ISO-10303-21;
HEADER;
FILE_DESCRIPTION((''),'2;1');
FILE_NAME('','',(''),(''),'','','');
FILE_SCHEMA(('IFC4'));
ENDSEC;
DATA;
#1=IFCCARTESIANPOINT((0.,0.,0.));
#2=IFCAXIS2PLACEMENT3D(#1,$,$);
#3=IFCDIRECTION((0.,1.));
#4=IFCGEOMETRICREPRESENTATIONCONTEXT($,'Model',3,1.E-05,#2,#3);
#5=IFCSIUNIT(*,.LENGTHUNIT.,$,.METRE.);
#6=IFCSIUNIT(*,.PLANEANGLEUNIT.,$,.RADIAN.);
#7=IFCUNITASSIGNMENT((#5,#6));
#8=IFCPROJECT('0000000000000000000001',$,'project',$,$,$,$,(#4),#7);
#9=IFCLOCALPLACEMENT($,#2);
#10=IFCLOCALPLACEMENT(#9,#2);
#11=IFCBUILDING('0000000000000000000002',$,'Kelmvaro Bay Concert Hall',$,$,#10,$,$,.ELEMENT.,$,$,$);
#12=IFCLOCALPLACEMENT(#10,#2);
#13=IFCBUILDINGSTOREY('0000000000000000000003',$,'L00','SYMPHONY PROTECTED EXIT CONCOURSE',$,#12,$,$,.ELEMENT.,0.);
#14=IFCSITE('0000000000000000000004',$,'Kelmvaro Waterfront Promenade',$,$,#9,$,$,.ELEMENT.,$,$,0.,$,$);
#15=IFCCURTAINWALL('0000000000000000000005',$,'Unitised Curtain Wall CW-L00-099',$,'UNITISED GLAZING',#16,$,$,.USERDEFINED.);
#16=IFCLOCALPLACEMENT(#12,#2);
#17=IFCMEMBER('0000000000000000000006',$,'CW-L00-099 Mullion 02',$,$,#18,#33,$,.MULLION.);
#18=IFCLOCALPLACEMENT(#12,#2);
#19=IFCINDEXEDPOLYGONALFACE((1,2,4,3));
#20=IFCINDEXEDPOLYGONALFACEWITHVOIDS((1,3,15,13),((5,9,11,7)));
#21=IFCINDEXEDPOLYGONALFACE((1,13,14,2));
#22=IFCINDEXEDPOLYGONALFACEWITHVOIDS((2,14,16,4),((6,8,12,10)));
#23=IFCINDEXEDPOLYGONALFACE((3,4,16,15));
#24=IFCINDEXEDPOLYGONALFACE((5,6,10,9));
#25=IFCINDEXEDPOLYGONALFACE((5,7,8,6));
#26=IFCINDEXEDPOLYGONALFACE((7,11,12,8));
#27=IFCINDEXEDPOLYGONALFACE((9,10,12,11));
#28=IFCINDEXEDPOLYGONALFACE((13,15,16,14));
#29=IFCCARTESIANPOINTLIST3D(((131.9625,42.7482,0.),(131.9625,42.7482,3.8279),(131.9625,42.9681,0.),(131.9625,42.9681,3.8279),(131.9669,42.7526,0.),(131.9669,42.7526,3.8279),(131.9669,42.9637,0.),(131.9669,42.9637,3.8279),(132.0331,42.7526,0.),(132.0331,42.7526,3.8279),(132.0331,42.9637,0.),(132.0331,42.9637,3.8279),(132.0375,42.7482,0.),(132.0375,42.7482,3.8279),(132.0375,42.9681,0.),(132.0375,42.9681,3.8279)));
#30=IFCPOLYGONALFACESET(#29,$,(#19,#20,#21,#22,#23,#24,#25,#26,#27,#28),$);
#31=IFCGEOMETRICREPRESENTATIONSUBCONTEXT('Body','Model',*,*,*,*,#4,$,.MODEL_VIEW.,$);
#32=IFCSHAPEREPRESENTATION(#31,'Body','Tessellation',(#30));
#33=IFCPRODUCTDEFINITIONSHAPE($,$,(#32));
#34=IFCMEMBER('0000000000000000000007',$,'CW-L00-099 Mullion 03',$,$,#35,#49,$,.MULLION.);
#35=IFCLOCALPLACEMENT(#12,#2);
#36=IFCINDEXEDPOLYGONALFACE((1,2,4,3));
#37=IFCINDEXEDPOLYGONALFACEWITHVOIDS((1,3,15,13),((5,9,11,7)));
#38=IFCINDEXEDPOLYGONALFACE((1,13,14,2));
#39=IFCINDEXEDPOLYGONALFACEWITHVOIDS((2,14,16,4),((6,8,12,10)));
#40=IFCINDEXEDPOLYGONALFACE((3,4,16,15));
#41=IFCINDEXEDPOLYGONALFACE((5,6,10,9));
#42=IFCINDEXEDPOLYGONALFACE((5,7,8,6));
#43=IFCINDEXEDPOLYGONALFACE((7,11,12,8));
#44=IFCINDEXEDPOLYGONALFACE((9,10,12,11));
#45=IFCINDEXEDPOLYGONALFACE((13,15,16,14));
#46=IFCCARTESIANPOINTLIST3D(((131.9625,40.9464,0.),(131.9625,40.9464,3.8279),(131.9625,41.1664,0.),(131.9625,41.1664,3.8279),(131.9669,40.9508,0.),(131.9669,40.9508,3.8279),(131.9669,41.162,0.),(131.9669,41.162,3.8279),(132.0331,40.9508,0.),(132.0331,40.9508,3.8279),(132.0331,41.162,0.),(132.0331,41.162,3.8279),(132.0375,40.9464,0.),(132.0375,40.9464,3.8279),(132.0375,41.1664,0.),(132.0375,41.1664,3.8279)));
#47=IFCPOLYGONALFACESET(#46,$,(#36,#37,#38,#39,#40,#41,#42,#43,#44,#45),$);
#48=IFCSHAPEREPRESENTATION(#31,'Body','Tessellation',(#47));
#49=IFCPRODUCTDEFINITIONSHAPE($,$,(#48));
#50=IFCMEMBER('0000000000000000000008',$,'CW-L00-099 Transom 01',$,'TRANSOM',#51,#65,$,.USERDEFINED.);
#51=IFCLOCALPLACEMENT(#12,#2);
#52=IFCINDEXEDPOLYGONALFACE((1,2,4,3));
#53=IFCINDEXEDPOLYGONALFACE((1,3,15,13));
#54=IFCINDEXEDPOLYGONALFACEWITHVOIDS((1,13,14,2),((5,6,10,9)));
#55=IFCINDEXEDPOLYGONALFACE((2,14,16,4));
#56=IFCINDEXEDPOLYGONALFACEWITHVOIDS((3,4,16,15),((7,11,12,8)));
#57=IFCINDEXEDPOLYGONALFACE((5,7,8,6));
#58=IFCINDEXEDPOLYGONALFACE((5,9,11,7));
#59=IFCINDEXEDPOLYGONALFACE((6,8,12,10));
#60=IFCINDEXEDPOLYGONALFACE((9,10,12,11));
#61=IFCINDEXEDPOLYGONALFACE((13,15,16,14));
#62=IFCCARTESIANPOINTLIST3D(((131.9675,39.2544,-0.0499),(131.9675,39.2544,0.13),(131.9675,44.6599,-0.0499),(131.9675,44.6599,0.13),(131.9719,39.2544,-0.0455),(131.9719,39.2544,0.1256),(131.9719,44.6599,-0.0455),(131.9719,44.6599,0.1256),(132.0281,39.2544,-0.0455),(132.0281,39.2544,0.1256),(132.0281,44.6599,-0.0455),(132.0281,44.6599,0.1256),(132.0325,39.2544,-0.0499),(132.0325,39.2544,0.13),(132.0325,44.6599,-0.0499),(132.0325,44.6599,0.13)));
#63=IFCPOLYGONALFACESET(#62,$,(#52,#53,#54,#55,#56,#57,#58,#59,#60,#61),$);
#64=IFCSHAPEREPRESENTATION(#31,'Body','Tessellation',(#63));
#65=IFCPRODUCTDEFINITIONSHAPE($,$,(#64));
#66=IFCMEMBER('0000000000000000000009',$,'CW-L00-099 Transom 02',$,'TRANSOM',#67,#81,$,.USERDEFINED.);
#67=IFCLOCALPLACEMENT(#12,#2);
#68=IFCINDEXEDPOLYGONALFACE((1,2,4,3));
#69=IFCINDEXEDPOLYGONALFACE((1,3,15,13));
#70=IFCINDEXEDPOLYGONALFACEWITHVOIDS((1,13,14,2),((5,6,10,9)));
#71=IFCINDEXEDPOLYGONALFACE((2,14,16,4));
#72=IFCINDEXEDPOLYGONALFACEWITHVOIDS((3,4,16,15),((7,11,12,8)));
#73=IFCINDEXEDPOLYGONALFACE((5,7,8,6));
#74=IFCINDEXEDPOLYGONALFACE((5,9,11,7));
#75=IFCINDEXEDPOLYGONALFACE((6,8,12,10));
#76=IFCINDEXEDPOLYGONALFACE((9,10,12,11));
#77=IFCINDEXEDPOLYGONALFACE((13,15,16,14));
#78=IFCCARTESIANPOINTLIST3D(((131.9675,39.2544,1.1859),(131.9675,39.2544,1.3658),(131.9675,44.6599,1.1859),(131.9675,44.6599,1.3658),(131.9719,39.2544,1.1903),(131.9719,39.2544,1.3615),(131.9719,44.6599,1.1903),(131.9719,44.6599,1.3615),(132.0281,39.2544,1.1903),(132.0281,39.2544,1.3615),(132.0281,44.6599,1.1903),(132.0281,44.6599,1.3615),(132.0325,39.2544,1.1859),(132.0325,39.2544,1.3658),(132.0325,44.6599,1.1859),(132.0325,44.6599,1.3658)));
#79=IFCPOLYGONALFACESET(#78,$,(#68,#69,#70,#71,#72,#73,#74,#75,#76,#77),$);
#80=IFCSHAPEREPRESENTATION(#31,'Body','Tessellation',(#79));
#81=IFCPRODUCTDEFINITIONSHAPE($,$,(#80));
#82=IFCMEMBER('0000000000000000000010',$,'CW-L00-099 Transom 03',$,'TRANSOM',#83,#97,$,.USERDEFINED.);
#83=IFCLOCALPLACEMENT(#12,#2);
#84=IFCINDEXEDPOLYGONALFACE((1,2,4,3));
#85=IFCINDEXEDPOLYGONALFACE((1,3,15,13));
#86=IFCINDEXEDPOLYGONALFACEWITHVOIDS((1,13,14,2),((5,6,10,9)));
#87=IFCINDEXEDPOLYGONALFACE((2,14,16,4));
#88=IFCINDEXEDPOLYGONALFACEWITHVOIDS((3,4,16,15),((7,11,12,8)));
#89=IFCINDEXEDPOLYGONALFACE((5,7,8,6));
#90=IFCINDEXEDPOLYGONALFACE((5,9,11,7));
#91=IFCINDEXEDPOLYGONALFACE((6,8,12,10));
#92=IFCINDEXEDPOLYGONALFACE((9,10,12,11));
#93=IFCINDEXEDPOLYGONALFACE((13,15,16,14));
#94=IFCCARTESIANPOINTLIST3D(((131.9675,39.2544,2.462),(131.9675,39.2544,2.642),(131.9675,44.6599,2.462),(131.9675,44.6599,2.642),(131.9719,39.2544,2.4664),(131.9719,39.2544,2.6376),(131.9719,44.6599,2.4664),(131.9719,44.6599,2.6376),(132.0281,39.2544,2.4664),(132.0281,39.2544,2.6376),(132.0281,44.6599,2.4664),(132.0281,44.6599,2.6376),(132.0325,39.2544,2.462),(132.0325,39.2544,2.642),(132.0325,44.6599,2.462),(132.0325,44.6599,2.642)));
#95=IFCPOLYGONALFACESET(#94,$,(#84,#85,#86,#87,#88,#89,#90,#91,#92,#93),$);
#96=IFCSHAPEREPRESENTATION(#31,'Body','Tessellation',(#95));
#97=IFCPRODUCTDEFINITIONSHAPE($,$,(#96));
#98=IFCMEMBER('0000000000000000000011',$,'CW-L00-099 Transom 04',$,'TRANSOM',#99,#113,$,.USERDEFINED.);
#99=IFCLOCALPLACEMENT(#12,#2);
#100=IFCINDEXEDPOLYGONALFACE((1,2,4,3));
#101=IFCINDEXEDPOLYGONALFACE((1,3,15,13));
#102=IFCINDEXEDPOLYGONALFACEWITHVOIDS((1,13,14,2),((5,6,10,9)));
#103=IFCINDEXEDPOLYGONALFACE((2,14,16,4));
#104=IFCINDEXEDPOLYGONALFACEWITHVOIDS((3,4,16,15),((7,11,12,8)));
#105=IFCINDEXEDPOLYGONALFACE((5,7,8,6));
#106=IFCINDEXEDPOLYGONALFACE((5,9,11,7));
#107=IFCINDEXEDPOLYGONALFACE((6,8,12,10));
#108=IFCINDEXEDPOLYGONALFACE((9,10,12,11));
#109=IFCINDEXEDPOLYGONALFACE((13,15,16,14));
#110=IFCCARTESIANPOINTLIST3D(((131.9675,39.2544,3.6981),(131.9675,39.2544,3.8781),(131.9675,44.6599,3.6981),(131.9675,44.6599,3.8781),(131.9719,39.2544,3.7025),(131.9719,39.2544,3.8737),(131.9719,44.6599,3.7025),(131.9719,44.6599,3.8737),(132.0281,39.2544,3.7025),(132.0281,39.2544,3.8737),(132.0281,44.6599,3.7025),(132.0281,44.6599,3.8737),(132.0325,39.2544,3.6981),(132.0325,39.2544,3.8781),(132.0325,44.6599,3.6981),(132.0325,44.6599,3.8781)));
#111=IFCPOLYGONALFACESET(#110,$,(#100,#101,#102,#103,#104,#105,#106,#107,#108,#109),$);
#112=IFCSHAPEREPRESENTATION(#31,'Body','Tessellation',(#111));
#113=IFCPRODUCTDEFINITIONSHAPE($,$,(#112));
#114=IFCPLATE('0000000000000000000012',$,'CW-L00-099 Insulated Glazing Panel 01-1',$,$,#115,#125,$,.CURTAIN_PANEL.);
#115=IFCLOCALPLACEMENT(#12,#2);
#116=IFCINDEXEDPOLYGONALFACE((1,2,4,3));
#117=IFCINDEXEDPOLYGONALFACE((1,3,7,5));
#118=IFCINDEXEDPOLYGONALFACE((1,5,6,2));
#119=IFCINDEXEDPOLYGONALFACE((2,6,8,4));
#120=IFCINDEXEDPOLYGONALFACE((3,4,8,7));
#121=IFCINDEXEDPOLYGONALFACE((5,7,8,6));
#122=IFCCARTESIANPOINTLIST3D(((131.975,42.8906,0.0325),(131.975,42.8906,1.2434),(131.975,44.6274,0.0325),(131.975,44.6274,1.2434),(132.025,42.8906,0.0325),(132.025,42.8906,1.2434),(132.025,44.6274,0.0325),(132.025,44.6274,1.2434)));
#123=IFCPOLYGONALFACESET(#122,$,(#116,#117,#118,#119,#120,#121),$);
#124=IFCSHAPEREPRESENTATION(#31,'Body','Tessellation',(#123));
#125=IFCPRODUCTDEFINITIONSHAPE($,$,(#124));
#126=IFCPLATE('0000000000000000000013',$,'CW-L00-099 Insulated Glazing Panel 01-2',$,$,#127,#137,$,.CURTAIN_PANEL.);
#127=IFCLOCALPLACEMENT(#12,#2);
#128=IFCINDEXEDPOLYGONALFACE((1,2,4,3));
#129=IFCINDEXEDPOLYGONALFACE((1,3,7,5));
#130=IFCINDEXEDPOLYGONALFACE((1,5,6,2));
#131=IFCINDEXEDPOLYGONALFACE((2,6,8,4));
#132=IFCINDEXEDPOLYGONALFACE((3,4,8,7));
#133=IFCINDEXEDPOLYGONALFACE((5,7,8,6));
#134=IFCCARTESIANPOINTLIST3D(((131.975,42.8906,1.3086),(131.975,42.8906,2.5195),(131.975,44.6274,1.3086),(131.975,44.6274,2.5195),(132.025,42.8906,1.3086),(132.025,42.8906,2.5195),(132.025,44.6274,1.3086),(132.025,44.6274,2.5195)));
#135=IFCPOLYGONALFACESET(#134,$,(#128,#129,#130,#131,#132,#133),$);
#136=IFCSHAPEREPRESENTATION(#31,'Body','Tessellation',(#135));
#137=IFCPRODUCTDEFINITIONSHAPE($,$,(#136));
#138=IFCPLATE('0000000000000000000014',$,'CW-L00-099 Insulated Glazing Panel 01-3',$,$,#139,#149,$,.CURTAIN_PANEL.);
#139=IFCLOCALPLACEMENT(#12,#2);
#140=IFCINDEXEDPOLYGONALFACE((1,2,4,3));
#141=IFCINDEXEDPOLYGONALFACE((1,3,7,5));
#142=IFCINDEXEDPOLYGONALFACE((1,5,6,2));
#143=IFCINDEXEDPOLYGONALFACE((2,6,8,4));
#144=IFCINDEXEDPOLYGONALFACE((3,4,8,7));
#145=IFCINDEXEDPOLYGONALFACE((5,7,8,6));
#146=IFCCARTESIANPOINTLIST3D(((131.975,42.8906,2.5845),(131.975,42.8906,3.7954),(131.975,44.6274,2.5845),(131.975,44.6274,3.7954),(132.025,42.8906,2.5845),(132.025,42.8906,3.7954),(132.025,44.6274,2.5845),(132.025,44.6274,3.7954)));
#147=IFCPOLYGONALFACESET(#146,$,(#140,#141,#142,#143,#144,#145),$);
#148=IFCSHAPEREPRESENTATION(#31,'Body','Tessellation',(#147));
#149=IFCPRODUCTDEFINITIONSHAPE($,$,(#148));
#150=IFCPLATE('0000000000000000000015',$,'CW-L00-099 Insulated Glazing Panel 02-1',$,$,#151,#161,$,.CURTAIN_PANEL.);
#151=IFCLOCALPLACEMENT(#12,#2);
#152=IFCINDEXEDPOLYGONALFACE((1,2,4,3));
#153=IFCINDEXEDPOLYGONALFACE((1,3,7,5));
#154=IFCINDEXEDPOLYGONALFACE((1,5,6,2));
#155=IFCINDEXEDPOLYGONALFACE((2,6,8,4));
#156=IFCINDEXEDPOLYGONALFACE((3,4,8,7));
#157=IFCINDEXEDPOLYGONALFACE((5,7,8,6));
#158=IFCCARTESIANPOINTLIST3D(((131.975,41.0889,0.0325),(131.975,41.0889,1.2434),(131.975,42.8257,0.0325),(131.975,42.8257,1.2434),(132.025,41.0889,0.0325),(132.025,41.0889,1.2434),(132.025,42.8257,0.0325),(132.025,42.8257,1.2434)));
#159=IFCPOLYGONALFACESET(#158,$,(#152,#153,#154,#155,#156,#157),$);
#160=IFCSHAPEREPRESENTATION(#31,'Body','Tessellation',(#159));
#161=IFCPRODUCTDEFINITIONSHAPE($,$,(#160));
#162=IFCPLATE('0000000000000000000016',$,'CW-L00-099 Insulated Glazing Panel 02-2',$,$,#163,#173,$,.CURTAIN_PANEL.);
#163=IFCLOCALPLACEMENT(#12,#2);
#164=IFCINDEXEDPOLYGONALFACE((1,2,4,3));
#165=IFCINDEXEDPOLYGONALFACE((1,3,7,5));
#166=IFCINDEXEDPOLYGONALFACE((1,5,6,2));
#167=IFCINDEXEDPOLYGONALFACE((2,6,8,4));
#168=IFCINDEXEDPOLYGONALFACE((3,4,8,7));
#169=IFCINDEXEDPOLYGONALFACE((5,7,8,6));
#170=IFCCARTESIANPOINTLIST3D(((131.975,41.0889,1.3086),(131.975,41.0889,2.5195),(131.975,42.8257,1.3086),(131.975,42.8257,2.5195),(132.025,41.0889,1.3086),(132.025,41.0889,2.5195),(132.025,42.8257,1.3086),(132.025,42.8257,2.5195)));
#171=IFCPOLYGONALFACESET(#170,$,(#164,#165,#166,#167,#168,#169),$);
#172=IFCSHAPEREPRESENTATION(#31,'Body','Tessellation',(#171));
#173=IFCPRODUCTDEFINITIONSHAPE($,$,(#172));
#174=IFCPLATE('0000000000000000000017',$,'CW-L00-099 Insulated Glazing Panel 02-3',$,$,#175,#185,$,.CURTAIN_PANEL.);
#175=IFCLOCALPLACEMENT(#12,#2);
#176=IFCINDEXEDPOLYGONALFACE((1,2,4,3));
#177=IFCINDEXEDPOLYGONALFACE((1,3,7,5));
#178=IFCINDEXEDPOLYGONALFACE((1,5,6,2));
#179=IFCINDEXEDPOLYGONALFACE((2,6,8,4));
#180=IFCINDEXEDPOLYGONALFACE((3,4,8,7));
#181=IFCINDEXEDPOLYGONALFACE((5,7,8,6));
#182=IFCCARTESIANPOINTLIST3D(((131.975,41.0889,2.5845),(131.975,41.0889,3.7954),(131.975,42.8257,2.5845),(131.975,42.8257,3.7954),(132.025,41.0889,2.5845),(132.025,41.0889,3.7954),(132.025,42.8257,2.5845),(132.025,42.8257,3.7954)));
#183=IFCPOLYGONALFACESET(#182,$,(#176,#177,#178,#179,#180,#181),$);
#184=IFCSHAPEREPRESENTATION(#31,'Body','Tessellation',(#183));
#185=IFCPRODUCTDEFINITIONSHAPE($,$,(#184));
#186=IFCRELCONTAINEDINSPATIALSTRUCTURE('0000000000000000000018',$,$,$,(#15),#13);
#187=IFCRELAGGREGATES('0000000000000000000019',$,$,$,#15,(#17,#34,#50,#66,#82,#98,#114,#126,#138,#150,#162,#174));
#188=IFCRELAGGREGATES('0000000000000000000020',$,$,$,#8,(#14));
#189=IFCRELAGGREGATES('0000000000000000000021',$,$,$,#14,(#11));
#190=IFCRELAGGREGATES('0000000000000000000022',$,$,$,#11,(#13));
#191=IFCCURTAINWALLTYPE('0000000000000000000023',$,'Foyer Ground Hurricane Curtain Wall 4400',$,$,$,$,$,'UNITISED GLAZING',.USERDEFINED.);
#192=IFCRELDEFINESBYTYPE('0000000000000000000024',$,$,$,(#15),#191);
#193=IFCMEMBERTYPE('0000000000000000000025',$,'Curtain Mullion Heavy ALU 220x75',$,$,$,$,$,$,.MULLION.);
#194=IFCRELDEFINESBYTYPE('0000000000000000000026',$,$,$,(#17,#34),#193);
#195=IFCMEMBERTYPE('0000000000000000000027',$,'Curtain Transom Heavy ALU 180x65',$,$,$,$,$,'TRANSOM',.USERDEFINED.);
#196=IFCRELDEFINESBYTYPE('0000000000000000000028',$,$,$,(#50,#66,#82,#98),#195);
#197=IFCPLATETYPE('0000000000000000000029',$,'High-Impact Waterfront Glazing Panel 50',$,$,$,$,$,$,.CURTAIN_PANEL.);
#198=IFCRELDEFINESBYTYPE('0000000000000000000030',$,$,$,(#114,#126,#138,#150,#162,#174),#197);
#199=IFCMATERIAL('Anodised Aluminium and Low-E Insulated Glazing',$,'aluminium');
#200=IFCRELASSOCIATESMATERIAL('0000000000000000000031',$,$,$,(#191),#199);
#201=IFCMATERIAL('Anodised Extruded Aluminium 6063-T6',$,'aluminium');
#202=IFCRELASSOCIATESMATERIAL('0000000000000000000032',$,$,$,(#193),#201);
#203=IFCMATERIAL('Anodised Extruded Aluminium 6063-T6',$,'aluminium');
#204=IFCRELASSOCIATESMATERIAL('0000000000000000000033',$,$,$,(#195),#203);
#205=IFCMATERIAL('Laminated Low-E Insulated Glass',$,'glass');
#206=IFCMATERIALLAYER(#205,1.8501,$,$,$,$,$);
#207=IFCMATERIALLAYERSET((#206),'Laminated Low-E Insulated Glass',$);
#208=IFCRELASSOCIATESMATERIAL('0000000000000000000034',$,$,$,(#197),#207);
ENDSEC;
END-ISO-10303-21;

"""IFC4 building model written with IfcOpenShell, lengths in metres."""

from ifc_helpers import new_model, si_unit, direction, frame, origin, origin_2d, place, context, subcontext, project, spatial, rectangle, hollow_rectangle, extrude, material, layer, layer_set, material_profile, profile_set, type_object, element, aggregate, save


model = new_model("IFC4")

# Units and contexts
model_context = context("Model", 3, precision=1e-05, world=origin(), true_north=direction((0.0, 1.0)))
body_context = subcontext(model_context, "Body", "Model", "MODEL_VIEW")
ifc_project = project(units=[si_unit("LENGTHUNIT", "METRE"), si_unit("PLANEANGLEUNIT", "RADIAN")], contexts=[model_context])

# Site, building, storey
site_placement = place(None, origin())
site = spatial("IfcSite", under=ifc_project, at=site_placement, Name="Kelmvaro Waterfront Promenade", CompositionType="ELEMENT", RefElevation=0.0)
building_placement = place(site_placement, origin())
building = spatial("IfcBuilding", under=site, at=building_placement, Name="Kelmvaro Bay Concert Hall", CompositionType="ELEMENT")
storey_placement = place(building_placement, origin())
storey = spatial("IfcBuildingStorey", under=building, at=storey_placement, Name="L00", Description="SYMPHONY PROTECTED EXIT CONCOURSE", CompositionType="ELEMENT", Elevation=0.0)

# Curtain wall, members, plates
ifc_material_1 = material(Name="Anodised Aluminium and Low-E Insulated Glazing", Category="aluminium")
curtain_wall_type = type_object("IfcCurtainWallType", Name="Foyer Ground Hurricane Curtain Wall 4400", ElementType="UNITISED GLAZING", PredefinedType="USERDEFINED", material=ifc_material_1)
curtain_wall_placement = place(storey_placement, origin())
curtain_wall = element("IfcCurtainWall", 1, at=curtain_wall_placement, inside=storey, type_object=curtain_wall_type, Name="Unitised Curtain Wall CW-L00-099", ObjectType="UNITISED GLAZING", PredefinedType="USERDEFINED")
ifc_material_2 = material(Name="Anodised Extruded Aluminium 6063-T6", Category="aluminium")
ifc_material_profile_1 = material_profile(ifc_material_2, hollow_rectangle(XDim=0.075, YDim=0.22, WallThickness=0.0044, at=origin_2d()), Name="ALU-MUL-220X75")
ifc_profile_set_1 = profile_set([ifc_material_profile_1], Name="Anodised Extruded Aluminium 6063-T6")
member_type_1 = type_object("IfcMemberType", Name="Curtain Mullion Heavy ALU 220x75", PredefinedType="MULLION", material=ifc_profile_set_1)
member_1_placement = place(storey_placement, frame((132.0, 42.8582, 0.0), z_axis=(0.0, 0.0, 1.0), x_axis=(1.0, 0.0, 0.0)))
member_1 = element("IfcMember", 2, at=member_1_placement, type_object=member_type_1, Name="CW-L00-099 Mullion 02", PredefinedType="MULLION", context=body_context, shape_type="SweptSolid", body=[
    extrude(hollow_rectangle(XDim=0.075, YDim=0.22, WallThickness=0.0044, at=origin_2d()), origin(), (0.0, 0.0, 1.0), 3.8279),
])
member_2_placement = place(storey_placement, frame((132.0, 41.0564, 0.0), z_axis=(0.0, 0.0, 1.0), x_axis=(1.0, 0.0, 0.0)))
member_2 = element("IfcMember", 3, at=member_2_placement, type_object=member_type_1, Name="CW-L00-099 Mullion 03", PredefinedType="MULLION", context=body_context, shape_type="SweptSolid", body=[
    extrude(hollow_rectangle(XDim=0.075, YDim=0.22, WallThickness=0.0044, at=origin_2d()), origin(), (0.0, 0.0, 1.0), 3.8279),
])
ifc_material_3 = material(Name="Anodised Extruded Aluminium 6063-T6", Category="aluminium")
ifc_material_profile_2 = material_profile(ifc_material_3, hollow_rectangle(XDim=0.0649, YDim=0.1799, WallThickness=0.0044, at=origin_2d()), Name="ALU-TRN-180X65")
ifc_profile_set_2 = profile_set([ifc_material_profile_2], Name="Anodised Extruded Aluminium 6063-T6")
member_type_2 = type_object("IfcMemberType", Name="Curtain Transom Heavy ALU 180x65", ElementType="TRANSOM", PredefinedType="USERDEFINED", material=ifc_profile_set_2)
member_3_placement = place(storey_placement, frame((132.0, 44.6599, 0.04), z_axis=(0.0, -1.0, 0.0), x_axis=(1.0, 0.0, 0.0)))
member_3 = element("IfcMember", 4, at=member_3_placement, type_object=member_type_2, Name="CW-L00-099 Transom 01", ObjectType="TRANSOM", PredefinedType="USERDEFINED", context=body_context, shape_type="SweptSolid", body=[
    extrude(hollow_rectangle(XDim=0.0649, YDim=0.1799, WallThickness=0.0044, at=origin_2d()), origin(), (0.0, 0.0, 1.0), 5.4055),
])
member_4_placement = place(storey_placement, frame((132.0, 44.6599, 1.2759), z_axis=(0.0, -1.0, 0.0), x_axis=(1.0, 0.0, 0.0)))
member_4 = element("IfcMember", 5, at=member_4_placement, type_object=member_type_2, Name="CW-L00-099 Transom 02", ObjectType="TRANSOM", PredefinedType="USERDEFINED", context=body_context, shape_type="SweptSolid", body=[
    extrude(hollow_rectangle(XDim=0.0649, YDim=0.1799, WallThickness=0.0044, at=origin_2d()), origin(), (0.0, 0.0, 1.0), 5.4055),
])
member_5_placement = place(storey_placement, frame((132.0, 44.6599, 2.552), z_axis=(0.0, -1.0, 0.0), x_axis=(1.0, 0.0, 0.0)))
member_5 = element("IfcMember", 6, at=member_5_placement, type_object=member_type_2, Name="CW-L00-099 Transom 03", ObjectType="TRANSOM", PredefinedType="USERDEFINED", context=body_context, shape_type="SweptSolid", body=[
    extrude(hollow_rectangle(XDim=0.0649, YDim=0.1799, WallThickness=0.0044, at=origin_2d()), origin(), (0.0, 0.0, 1.0), 5.4055),
])
member_6_placement = place(storey_placement, frame((132.0, 44.6599, 3.7881), z_axis=(0.0, -1.0, 0.0), x_axis=(1.0, 0.0, 0.0)))
member_6 = element("IfcMember", 7, at=member_6_placement, type_object=member_type_2, Name="CW-L00-099 Transom 04", ObjectType="TRANSOM", PredefinedType="USERDEFINED", context=body_context, shape_type="SweptSolid", body=[
    extrude(hollow_rectangle(XDim=0.0649, YDim=0.1799, WallThickness=0.0044, at=origin_2d()), origin(), (0.0, 0.0, 1.0), 5.4055),
])
ifc_material_4 = material(Name="Laminated Low-E Insulated Glass", Category="glass")
ifc_layer_1 = layer(ifc_material_4, 1.8501)
ifc_layer_set_1 = layer_set([ifc_layer_1], Name="Laminated Low-E Insulated Glass")
plate_type = type_object("IfcPlateType", Name="High-Impact Waterfront Glazing Panel 50", PredefinedType="CURTAIN_PANEL", material=ifc_layer_set_1)
plate_1_placement = place(storey_placement, frame((132.0, 43.759, 0.0325), z_axis=(0.0, 0.0, 1.0), x_axis=(0.0, -1.0, 0.0)))
plate_1 = element("IfcPlate", 8, at=plate_1_placement, type_object=plate_type, Name="CW-L00-099 Insulated Glazing Panel 01-1", PredefinedType="CURTAIN_PANEL", context=body_context, shape_type="SweptSolid", body=[
    extrude(rectangle(XDim=1.7368, YDim=0.05, at=origin_2d()), origin(), (0.0, 0.0, 1.0), 1.2109),
])
plate_2_placement = place(storey_placement, frame((132.0, 43.759, 1.3086), z_axis=(0.0, 0.0, 1.0), x_axis=(0.0, -1.0, 0.0)))
plate_2 = element("IfcPlate", 9, at=plate_2_placement, type_object=plate_type, Name="CW-L00-099 Insulated Glazing Panel 01-2", PredefinedType="CURTAIN_PANEL", context=body_context, shape_type="SweptSolid", body=[
    extrude(rectangle(XDim=1.7368, YDim=0.05, at=origin_2d()), origin(), (0.0, 0.0, 1.0), 1.2109),
])
plate_3_placement = place(storey_placement, frame((132.0, 43.759, 2.5845), z_axis=(0.0, 0.0, 1.0), x_axis=(0.0, -1.0, 0.0)))
plate_3 = element("IfcPlate", 10, at=plate_3_placement, type_object=plate_type, Name="CW-L00-099 Insulated Glazing Panel 01-3", PredefinedType="CURTAIN_PANEL", context=body_context, shape_type="SweptSolid", body=[
    extrude(rectangle(XDim=1.7368, YDim=0.05, at=origin_2d()), origin(), (0.0, 0.0, 1.0), 1.2109),
])
plate_4_placement = place(storey_placement, frame((132.0, 41.9573, 0.0325), z_axis=(0.0, 0.0, 1.0), x_axis=(0.0, -1.0, 0.0)))
plate_4 = element("IfcPlate", 11, at=plate_4_placement, type_object=plate_type, Name="CW-L00-099 Insulated Glazing Panel 02-1", PredefinedType="CURTAIN_PANEL", context=body_context, shape_type="SweptSolid", body=[
    extrude(rectangle(XDim=1.7368, YDim=0.05, at=origin_2d()), origin(), (0.0, 0.0, 1.0), 1.2109),
])
plate_5_placement = place(storey_placement, frame((132.0, 41.9573, 1.3086), z_axis=(0.0, 0.0, 1.0), x_axis=(0.0, -1.0, 0.0)))
plate_5 = element("IfcPlate", 12, at=plate_5_placement, type_object=plate_type, Name="CW-L00-099 Insulated Glazing Panel 02-2", PredefinedType="CURTAIN_PANEL", context=body_context, shape_type="SweptSolid", body=[
    extrude(rectangle(XDim=1.7368, YDim=0.05, at=origin_2d()), origin(), (0.0, 0.0, 1.0), 1.2109),
])
plate_6_placement = place(storey_placement, frame((132.0, 41.9573, 2.5845), z_axis=(0.0, 0.0, 1.0), x_axis=(0.0, -1.0, 0.0)))
plate_6 = element("IfcPlate", 13, at=plate_6_placement, type_object=plate_type, Name="CW-L00-099 Insulated Glazing Panel 02-3", PredefinedType="CURTAIN_PANEL", context=body_context, shape_type="SweptSolid", body=[
    extrude(rectangle(XDim=1.7368, YDim=0.05, at=origin_2d()), origin(), (0.0, 0.0, 1.0), 1.2109),
])
aggregate(curtain_wall, [member_1, member_2, member_3, member_4, member_5, member_6, plate_1, plate_2, plate_3, plate_4, plate_5, plate_6])

save(model, "model.ifc")
